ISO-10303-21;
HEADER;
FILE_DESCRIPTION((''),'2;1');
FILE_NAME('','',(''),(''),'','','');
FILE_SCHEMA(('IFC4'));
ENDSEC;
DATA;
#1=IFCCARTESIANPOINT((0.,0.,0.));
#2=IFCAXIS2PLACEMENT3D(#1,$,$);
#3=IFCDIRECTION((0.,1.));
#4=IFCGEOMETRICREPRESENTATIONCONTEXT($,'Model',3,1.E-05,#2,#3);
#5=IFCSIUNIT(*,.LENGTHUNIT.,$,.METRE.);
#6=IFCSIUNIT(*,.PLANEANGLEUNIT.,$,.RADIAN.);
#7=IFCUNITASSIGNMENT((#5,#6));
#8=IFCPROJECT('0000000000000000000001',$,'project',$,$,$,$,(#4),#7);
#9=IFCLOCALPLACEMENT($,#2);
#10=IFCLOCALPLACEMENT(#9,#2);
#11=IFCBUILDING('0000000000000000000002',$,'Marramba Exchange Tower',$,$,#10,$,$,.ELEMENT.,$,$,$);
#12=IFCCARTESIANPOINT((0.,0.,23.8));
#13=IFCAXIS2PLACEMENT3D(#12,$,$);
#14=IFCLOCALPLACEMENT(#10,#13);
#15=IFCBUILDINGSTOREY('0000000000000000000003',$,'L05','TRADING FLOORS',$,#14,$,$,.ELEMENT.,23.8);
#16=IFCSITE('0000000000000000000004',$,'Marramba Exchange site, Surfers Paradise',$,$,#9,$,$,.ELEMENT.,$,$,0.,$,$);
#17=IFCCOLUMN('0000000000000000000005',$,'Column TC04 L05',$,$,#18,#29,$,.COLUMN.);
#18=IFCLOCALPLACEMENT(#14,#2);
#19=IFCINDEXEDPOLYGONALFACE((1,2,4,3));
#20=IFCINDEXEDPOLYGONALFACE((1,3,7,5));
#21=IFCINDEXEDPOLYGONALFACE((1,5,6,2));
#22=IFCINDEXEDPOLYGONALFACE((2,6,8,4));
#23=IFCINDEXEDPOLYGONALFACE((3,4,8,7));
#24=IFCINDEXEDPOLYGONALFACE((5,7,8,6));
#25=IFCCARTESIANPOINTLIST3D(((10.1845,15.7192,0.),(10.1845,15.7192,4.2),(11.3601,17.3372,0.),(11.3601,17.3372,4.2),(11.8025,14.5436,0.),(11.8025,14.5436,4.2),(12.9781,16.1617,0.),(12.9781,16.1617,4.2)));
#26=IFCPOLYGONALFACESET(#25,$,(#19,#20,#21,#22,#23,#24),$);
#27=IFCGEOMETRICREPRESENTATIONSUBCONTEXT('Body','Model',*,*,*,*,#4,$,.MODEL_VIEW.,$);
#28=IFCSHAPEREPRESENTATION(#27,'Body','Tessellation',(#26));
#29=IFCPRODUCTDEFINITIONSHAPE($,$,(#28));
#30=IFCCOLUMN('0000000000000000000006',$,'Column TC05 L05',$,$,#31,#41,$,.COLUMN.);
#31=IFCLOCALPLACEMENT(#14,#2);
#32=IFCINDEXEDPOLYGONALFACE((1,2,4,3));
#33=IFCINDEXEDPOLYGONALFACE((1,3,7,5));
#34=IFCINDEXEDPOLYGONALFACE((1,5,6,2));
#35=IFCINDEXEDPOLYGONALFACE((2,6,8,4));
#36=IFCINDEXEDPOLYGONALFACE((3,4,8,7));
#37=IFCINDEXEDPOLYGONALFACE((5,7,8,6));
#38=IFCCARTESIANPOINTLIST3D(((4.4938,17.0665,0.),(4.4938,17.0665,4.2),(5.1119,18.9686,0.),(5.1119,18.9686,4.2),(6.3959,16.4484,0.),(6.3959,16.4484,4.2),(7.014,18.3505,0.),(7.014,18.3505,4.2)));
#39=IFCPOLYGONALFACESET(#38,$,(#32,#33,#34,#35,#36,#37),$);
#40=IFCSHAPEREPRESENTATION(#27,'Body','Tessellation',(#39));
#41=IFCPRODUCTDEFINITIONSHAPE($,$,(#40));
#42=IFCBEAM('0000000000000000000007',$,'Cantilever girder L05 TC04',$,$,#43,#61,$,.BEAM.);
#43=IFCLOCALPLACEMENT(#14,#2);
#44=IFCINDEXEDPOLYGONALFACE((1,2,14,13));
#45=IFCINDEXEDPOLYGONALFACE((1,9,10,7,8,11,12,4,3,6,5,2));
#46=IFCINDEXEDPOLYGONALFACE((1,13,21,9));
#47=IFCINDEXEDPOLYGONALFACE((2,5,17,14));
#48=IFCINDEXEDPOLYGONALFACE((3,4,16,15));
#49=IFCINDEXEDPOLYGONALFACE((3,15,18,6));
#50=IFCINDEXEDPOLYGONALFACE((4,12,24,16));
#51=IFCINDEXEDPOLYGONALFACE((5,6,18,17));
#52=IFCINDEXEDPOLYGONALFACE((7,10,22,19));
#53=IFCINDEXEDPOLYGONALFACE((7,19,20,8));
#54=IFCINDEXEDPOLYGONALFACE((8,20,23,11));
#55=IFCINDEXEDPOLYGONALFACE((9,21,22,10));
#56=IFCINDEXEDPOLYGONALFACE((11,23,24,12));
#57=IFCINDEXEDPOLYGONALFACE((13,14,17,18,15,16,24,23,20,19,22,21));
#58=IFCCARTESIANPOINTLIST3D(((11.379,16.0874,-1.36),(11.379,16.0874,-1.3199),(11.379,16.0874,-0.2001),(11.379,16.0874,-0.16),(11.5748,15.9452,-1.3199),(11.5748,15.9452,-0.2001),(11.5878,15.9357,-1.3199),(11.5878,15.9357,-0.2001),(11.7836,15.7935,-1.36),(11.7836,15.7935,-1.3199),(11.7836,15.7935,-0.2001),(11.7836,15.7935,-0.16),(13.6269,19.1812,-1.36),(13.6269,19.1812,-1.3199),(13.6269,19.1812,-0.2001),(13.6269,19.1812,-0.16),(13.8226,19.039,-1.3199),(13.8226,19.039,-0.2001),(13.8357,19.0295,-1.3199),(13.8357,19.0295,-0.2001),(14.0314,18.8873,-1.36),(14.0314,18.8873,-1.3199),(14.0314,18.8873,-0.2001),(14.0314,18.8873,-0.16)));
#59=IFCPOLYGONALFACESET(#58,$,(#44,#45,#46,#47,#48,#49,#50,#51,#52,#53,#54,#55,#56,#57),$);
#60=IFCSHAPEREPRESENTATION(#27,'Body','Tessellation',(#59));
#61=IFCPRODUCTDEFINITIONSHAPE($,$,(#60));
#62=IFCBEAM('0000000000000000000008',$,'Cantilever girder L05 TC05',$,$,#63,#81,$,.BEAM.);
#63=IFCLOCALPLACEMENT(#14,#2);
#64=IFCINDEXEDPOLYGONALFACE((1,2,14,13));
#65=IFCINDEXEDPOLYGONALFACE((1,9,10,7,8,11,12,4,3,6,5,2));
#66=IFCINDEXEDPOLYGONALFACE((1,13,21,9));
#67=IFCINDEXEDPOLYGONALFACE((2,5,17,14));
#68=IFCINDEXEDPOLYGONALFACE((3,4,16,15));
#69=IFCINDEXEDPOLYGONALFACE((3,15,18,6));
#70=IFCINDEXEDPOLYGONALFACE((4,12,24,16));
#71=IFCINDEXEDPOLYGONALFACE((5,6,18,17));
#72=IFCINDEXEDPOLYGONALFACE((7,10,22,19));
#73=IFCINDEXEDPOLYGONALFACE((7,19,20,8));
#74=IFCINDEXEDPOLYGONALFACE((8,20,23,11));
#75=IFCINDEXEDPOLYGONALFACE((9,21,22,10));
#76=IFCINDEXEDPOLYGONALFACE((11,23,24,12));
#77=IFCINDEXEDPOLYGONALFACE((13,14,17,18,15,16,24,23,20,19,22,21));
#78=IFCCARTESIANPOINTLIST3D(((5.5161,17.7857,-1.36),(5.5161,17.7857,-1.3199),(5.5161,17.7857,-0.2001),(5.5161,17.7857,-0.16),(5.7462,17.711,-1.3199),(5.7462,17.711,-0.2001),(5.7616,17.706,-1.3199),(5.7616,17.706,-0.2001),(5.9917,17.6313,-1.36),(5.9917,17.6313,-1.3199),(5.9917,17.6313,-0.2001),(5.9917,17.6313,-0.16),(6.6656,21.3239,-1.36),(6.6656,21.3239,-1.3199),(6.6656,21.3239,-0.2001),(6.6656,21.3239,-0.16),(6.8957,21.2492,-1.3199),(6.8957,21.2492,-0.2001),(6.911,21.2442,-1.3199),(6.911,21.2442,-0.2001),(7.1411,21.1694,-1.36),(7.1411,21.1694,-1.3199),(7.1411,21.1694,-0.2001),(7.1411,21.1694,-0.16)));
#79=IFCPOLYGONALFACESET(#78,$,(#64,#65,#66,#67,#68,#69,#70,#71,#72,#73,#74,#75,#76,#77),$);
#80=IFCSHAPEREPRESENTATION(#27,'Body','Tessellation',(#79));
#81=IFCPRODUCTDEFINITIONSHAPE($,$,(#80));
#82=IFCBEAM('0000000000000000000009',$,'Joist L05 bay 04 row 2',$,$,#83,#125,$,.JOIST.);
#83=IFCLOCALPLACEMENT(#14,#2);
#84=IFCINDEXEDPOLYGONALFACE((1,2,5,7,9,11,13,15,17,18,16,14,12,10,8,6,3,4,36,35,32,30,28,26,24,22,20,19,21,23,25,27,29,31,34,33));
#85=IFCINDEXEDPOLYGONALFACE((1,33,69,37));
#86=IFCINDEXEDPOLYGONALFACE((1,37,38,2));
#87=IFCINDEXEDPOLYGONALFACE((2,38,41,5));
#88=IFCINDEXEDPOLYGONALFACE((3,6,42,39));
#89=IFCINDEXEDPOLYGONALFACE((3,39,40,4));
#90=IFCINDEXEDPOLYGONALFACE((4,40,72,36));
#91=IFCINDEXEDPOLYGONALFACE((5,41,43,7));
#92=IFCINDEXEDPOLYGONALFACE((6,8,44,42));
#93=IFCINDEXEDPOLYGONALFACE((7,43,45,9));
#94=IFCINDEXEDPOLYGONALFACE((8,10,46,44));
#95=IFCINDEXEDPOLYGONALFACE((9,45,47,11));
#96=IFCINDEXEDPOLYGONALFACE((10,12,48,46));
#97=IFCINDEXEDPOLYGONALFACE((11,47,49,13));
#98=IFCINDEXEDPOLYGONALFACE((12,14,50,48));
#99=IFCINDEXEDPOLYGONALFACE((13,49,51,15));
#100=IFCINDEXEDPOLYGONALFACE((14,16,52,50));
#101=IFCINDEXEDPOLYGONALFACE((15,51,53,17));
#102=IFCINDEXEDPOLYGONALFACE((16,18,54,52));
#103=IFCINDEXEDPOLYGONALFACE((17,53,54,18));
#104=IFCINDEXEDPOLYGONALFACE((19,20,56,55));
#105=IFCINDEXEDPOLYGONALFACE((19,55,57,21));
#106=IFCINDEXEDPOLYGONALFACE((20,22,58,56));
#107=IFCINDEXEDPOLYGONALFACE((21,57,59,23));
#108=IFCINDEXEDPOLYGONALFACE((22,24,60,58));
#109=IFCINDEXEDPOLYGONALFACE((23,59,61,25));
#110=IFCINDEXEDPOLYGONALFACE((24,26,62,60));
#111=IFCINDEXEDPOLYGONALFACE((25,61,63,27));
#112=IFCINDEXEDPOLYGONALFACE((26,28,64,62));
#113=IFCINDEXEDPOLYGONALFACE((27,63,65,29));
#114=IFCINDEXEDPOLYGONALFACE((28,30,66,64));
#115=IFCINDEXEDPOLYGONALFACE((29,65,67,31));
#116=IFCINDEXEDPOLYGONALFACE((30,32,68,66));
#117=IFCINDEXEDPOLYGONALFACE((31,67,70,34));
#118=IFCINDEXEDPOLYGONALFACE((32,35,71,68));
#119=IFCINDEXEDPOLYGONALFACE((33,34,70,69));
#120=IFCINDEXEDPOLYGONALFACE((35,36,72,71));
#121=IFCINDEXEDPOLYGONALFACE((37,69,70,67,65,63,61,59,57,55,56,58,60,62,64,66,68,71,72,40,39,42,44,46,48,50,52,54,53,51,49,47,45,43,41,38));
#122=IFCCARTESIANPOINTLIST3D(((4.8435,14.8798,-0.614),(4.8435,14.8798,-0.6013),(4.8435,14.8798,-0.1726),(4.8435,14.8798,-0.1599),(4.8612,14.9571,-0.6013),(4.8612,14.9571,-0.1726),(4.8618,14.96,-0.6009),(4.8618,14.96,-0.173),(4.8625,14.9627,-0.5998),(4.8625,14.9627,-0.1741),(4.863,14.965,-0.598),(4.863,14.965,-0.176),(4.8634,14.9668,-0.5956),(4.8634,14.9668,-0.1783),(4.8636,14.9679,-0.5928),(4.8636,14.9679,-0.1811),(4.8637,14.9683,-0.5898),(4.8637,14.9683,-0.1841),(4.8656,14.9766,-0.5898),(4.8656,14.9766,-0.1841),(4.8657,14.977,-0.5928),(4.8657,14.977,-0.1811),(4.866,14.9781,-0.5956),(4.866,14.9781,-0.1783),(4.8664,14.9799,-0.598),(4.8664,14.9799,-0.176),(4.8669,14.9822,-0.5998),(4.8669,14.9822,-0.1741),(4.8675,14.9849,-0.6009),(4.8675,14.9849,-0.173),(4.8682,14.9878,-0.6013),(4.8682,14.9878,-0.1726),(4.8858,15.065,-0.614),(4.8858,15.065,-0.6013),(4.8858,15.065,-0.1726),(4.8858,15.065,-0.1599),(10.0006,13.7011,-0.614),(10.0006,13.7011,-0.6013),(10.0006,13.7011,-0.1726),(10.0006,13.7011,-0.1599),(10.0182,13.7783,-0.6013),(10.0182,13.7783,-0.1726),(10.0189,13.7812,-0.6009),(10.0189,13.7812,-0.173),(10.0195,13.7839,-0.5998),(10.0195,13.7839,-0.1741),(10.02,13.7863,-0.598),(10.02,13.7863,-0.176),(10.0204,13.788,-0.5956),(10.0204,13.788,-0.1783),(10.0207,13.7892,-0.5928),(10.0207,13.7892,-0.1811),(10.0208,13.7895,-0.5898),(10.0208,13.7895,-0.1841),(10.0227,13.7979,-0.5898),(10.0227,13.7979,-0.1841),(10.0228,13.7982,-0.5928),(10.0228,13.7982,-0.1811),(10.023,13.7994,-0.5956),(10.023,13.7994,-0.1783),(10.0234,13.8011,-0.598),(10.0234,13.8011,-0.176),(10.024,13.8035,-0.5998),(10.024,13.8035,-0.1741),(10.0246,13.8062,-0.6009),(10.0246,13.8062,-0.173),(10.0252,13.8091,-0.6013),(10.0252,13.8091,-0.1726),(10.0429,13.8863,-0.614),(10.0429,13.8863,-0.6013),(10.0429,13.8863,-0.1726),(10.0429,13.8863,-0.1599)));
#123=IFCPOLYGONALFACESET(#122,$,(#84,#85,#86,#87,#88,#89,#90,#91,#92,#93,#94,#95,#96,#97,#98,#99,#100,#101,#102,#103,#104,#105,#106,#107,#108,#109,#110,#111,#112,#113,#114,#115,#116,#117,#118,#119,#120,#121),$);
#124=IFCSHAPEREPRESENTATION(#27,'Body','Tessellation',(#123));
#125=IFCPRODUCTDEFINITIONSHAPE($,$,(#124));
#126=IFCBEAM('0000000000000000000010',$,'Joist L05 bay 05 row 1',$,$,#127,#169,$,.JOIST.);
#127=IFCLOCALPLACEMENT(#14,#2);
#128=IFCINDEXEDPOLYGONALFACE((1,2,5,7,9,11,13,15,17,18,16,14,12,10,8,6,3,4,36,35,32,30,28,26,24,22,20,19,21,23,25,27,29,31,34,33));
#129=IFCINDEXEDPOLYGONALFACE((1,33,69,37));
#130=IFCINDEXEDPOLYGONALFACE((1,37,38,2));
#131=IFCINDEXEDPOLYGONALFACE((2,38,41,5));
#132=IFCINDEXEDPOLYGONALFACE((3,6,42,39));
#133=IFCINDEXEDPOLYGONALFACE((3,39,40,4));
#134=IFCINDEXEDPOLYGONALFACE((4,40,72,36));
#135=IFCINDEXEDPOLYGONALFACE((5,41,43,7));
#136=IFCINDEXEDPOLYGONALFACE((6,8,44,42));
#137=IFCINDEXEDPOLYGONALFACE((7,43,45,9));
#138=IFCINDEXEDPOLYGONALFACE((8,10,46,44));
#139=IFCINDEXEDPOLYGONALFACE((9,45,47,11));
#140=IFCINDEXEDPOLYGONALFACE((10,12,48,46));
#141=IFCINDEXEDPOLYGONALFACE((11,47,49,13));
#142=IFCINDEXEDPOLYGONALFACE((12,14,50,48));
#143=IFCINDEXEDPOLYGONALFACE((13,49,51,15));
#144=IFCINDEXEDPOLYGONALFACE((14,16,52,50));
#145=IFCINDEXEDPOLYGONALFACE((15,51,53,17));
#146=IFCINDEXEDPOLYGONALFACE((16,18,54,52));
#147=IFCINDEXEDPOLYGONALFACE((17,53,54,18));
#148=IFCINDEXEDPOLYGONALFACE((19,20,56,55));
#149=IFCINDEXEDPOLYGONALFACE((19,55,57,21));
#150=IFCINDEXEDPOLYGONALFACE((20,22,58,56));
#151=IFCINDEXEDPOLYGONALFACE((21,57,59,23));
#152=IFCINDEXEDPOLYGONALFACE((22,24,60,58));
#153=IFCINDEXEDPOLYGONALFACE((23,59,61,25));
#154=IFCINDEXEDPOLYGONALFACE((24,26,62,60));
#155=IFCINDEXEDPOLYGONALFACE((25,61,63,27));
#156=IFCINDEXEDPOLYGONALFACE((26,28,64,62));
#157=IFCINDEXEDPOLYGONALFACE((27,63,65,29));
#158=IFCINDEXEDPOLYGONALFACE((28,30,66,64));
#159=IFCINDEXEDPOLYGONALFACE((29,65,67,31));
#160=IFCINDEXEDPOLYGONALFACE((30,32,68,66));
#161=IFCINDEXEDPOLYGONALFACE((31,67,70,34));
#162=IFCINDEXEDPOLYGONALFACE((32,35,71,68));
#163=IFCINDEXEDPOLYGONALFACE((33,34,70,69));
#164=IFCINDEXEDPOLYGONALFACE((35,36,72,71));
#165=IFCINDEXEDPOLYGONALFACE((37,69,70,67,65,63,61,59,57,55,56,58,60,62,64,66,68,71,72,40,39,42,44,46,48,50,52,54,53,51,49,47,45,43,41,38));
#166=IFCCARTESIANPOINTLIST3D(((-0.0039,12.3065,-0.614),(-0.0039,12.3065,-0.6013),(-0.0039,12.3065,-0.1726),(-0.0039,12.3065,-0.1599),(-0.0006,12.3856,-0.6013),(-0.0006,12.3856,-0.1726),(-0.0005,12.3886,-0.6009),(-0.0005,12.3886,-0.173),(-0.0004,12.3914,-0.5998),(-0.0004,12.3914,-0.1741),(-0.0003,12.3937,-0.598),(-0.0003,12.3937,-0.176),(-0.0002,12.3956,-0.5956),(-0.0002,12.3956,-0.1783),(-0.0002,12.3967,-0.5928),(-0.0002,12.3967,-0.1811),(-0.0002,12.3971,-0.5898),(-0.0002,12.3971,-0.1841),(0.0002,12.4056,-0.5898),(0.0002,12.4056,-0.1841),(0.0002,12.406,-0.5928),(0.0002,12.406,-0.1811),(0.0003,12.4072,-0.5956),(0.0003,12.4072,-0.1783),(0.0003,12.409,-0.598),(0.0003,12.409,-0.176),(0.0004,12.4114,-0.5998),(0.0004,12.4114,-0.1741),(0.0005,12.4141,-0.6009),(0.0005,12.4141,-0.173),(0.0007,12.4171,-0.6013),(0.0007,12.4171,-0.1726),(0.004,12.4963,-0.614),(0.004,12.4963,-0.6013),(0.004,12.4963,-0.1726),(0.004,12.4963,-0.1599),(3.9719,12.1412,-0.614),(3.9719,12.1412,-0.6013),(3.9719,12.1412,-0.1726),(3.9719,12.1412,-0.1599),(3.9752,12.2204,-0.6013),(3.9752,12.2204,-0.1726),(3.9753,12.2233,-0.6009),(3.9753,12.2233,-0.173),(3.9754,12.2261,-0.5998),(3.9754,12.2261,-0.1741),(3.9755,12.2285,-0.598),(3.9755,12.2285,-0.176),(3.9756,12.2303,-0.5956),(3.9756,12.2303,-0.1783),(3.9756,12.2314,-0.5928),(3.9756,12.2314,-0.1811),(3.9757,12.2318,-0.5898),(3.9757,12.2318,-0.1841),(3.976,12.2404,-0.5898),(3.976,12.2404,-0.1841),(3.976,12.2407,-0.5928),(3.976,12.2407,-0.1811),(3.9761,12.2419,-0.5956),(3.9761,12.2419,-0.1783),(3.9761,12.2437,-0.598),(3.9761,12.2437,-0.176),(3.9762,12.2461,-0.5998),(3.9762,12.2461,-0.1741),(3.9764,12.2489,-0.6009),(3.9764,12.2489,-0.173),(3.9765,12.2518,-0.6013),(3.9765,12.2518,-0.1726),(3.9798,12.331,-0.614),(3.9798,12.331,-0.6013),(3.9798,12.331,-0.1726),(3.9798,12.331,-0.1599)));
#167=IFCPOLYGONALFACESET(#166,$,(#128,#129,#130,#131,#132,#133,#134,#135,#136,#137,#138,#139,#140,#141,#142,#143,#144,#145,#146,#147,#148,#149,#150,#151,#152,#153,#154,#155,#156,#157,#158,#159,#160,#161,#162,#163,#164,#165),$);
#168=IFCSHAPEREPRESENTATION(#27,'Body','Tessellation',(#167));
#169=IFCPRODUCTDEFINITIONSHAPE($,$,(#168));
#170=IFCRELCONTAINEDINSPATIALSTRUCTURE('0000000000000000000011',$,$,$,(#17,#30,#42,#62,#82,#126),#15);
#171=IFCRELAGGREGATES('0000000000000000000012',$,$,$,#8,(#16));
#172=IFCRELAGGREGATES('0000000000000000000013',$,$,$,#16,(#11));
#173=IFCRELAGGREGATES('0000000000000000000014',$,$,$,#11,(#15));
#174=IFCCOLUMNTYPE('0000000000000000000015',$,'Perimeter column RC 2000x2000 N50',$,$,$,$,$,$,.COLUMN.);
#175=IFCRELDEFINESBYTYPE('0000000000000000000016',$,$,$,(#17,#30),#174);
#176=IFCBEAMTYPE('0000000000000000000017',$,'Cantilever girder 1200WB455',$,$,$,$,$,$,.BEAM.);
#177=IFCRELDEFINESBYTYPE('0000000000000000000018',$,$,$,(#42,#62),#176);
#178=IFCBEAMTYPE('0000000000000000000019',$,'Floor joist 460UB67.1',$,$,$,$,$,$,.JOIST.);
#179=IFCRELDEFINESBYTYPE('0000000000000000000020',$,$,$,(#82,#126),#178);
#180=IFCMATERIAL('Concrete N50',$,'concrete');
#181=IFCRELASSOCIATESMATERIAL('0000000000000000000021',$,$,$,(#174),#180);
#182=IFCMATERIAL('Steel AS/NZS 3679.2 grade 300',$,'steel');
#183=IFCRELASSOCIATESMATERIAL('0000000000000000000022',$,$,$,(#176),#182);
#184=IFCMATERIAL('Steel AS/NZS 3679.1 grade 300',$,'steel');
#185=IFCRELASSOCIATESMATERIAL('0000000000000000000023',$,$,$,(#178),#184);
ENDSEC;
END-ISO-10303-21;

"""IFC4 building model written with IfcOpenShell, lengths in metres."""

from ifc_helpers import new_model, si_unit, direction, frame, origin, origin_2d, place, context, subcontext, project, spatial, rectangle, i_section, extrude, material, material_profile, profile_set, type_object, element, save


model = new_model("IFC4")

# Units and contexts
model_context = context("Model", 3, precision=1e-05, world=origin(), true_north=direction((0.0, 1.0)))
body_context = subcontext(model_context, "Body", "Model", "MODEL_VIEW")
ifc_project = project(units=[si_unit("LENGTHUNIT", "METRE"), si_unit("PLANEANGLEUNIT", "RADIAN")], contexts=[model_context])

# Site, building, storey
site_placement = place(None, origin())
site = spatial("IfcSite", under=ifc_project, at=site_placement, Name="Marramba Exchange site, Surfers Paradise", CompositionType="ELEMENT", RefElevation=0.0)
building_placement = place(site_placement, origin())
building = spatial("IfcBuilding", under=site, at=building_placement, Name="Marramba Exchange Tower", CompositionType="ELEMENT")
storey_placement = place(building_placement, frame((0.0, 0.0, 23.8)))
storey = spatial("IfcBuildingStorey", under=building, at=storey_placement, Name="L05", Description="TRADING FLOORS", CompositionType="ELEMENT", Elevation=23.8)

# Columns
ifc_material_1 = material(Name="Concrete N50", Category="concrete")
ifc_material_profile_1 = material_profile(ifc_material_1, rectangle(XDim=2.0, YDim=2.0, at=origin_2d()), Name="RC 2000x2000")
ifc_profile_set_1 = profile_set([ifc_material_profile_1], Name="Concrete N50")
column_type = type_object("IfcColumnType", Name="Perimeter column RC 2000x2000 N50", PredefinedType="COLUMN", material=ifc_profile_set_1)
for number, where, z_axis, x_axis, name in (
    (1, (11.5813, 15.9404, 0.0), (0.0, 0.0, 1.0), (0.587785, 0.809017, 0.0), "Column TC04 L05"),
    (2, (5.7539, 17.7085, 0.0), (0.0, 0.0, 1.0), (0.309017, 0.951057, 0.0), "Column TC05 L05"),
):
    element("IfcColumn", number, at=place(storey_placement, frame(where, z_axis=z_axis, x_axis=x_axis)), inside=storey, type_object=column_type, Name=name, PredefinedType="COLUMN", context=body_context, shape_type="SweptSolid", body=[
        extrude(rectangle(XDim=2.0, YDim=2.0, at=origin_2d()), origin(), (0.0, 0.0, 1.0), 4.2),
    ])

# Beams
ifc_material_2 = material(Name="Steel AS/NZS 3679.2 grade 300", Category="steel")
ifc_material_profile_2 = material_profile(ifc_material_2, i_section(OverallWidth=0.5, OverallDepth=1.2, WebThickness=0.0161, FlangeThickness=0.04, at=origin_2d()), Name="1200WB455")
ifc_profile_set_2 = profile_set([ifc_material_profile_2], Name="Steel AS/NZS 3679.2 grade 300")
beam_type_1 = type_object("IfcBeamType", Name="Cantilever girder 1200WB455", PredefinedType="BEAM", material=ifc_profile_set_2)
beam_1_placement = place(storey_placement, frame((11.5813, 15.9404, -0.76), z_axis=(0.587796, 0.809009, 0.0), x_axis=(-0.809009, 0.587796, 0.0)))
element("IfcBeam", 3, at=beam_1_placement, inside=storey, type_object=beam_type_1, Name="Cantilever girder L05 TC04", PredefinedType="BEAM", context=body_context, shape_type="SweptSolid", body=[
    extrude(i_section(OverallWidth=0.5, OverallDepth=1.2, WebThickness=0.0161, FlangeThickness=0.04, at=origin_2d()), origin(), (0.0, 0.0, 1.0), 3.8242),
])
beam_2_placement = place(storey_placement, frame((5.7539, 17.7085, -0.76), z_axis=(0.308973, 0.951071, 0.0), x_axis=(-0.951071, 0.308973, 0.0)))
element("IfcBeam", 4, at=beam_2_placement, inside=storey, type_object=beam_type_1, Name="Cantilever girder L05 TC05", PredefinedType="BEAM", context=body_context, shape_type="SweptSolid", body=[
    extrude(i_section(OverallWidth=0.5, OverallDepth=1.2, WebThickness=0.0161, FlangeThickness=0.04, at=origin_2d()), origin(), (0.0, 0.0, 1.0), 3.7202),
])
ifc_material_3 = material(Name="Steel AS/NZS 3679.1 grade 300", Category="steel")
ifc_material_profile_3 = material_profile(ifc_material_3, i_section(OverallWidth=0.1899, OverallDepth=0.4541, WebThickness=0.0085, FlangeThickness=0.0127, FilletRadius=0.0115, at=origin_2d()), Name="460UB67.1")
ifc_profile_set_3 = profile_set([ifc_material_profile_3], Name="Steel AS/NZS 3679.1 grade 300")
beam_type_2 = type_object("IfcBeamType", Name="Floor joist 460UB67.1", PredefinedType="JOIST", material=ifc_profile_set_3)
beam_3_placement = place(storey_placement, frame((10.0217, 13.7937, -0.387), z_axis=(-0.97486, 0.22282, 0.0), x_axis=(-0.22282, -0.97486, 0.0)))
element("IfcBeam", 5, at=beam_3_placement, inside=storey, type_object=beam_type_2, Name="Joist L05 bay 04 row 2", PredefinedType="JOIST", context=body_context, shape_type="SweptSolid", body=[
    extrude(i_section(OverallWidth=0.1899, OverallDepth=0.4541, WebThickness=0.0085, FlangeThickness=0.0127, FilletRadius=0.0115, at=origin_2d()), origin(), (0.0, 0.0, 1.0), 5.29),
])
beam_4_placement = place(storey_placement, frame((3.9758, 12.2361, -0.387), z_axis=(-0.999137, 0.041536, 0.0), x_axis=(-0.041536, -0.999137, 0.0)))
element("IfcBeam", 6, at=beam_4_placement, inside=storey, type_object=beam_type_2, Name="Joist L05 bay 05 row 1", PredefinedType="JOIST", context=body_context, shape_type="SweptSolid", body=[
    extrude(i_section(OverallWidth=0.1899, OverallDepth=0.4541, WebThickness=0.0085, FlangeThickness=0.0127, FilletRadius=0.0115, at=origin_2d()), origin(), (0.0, 0.0, 1.0), 3.9792),
])

save(model, "model.ifc")
